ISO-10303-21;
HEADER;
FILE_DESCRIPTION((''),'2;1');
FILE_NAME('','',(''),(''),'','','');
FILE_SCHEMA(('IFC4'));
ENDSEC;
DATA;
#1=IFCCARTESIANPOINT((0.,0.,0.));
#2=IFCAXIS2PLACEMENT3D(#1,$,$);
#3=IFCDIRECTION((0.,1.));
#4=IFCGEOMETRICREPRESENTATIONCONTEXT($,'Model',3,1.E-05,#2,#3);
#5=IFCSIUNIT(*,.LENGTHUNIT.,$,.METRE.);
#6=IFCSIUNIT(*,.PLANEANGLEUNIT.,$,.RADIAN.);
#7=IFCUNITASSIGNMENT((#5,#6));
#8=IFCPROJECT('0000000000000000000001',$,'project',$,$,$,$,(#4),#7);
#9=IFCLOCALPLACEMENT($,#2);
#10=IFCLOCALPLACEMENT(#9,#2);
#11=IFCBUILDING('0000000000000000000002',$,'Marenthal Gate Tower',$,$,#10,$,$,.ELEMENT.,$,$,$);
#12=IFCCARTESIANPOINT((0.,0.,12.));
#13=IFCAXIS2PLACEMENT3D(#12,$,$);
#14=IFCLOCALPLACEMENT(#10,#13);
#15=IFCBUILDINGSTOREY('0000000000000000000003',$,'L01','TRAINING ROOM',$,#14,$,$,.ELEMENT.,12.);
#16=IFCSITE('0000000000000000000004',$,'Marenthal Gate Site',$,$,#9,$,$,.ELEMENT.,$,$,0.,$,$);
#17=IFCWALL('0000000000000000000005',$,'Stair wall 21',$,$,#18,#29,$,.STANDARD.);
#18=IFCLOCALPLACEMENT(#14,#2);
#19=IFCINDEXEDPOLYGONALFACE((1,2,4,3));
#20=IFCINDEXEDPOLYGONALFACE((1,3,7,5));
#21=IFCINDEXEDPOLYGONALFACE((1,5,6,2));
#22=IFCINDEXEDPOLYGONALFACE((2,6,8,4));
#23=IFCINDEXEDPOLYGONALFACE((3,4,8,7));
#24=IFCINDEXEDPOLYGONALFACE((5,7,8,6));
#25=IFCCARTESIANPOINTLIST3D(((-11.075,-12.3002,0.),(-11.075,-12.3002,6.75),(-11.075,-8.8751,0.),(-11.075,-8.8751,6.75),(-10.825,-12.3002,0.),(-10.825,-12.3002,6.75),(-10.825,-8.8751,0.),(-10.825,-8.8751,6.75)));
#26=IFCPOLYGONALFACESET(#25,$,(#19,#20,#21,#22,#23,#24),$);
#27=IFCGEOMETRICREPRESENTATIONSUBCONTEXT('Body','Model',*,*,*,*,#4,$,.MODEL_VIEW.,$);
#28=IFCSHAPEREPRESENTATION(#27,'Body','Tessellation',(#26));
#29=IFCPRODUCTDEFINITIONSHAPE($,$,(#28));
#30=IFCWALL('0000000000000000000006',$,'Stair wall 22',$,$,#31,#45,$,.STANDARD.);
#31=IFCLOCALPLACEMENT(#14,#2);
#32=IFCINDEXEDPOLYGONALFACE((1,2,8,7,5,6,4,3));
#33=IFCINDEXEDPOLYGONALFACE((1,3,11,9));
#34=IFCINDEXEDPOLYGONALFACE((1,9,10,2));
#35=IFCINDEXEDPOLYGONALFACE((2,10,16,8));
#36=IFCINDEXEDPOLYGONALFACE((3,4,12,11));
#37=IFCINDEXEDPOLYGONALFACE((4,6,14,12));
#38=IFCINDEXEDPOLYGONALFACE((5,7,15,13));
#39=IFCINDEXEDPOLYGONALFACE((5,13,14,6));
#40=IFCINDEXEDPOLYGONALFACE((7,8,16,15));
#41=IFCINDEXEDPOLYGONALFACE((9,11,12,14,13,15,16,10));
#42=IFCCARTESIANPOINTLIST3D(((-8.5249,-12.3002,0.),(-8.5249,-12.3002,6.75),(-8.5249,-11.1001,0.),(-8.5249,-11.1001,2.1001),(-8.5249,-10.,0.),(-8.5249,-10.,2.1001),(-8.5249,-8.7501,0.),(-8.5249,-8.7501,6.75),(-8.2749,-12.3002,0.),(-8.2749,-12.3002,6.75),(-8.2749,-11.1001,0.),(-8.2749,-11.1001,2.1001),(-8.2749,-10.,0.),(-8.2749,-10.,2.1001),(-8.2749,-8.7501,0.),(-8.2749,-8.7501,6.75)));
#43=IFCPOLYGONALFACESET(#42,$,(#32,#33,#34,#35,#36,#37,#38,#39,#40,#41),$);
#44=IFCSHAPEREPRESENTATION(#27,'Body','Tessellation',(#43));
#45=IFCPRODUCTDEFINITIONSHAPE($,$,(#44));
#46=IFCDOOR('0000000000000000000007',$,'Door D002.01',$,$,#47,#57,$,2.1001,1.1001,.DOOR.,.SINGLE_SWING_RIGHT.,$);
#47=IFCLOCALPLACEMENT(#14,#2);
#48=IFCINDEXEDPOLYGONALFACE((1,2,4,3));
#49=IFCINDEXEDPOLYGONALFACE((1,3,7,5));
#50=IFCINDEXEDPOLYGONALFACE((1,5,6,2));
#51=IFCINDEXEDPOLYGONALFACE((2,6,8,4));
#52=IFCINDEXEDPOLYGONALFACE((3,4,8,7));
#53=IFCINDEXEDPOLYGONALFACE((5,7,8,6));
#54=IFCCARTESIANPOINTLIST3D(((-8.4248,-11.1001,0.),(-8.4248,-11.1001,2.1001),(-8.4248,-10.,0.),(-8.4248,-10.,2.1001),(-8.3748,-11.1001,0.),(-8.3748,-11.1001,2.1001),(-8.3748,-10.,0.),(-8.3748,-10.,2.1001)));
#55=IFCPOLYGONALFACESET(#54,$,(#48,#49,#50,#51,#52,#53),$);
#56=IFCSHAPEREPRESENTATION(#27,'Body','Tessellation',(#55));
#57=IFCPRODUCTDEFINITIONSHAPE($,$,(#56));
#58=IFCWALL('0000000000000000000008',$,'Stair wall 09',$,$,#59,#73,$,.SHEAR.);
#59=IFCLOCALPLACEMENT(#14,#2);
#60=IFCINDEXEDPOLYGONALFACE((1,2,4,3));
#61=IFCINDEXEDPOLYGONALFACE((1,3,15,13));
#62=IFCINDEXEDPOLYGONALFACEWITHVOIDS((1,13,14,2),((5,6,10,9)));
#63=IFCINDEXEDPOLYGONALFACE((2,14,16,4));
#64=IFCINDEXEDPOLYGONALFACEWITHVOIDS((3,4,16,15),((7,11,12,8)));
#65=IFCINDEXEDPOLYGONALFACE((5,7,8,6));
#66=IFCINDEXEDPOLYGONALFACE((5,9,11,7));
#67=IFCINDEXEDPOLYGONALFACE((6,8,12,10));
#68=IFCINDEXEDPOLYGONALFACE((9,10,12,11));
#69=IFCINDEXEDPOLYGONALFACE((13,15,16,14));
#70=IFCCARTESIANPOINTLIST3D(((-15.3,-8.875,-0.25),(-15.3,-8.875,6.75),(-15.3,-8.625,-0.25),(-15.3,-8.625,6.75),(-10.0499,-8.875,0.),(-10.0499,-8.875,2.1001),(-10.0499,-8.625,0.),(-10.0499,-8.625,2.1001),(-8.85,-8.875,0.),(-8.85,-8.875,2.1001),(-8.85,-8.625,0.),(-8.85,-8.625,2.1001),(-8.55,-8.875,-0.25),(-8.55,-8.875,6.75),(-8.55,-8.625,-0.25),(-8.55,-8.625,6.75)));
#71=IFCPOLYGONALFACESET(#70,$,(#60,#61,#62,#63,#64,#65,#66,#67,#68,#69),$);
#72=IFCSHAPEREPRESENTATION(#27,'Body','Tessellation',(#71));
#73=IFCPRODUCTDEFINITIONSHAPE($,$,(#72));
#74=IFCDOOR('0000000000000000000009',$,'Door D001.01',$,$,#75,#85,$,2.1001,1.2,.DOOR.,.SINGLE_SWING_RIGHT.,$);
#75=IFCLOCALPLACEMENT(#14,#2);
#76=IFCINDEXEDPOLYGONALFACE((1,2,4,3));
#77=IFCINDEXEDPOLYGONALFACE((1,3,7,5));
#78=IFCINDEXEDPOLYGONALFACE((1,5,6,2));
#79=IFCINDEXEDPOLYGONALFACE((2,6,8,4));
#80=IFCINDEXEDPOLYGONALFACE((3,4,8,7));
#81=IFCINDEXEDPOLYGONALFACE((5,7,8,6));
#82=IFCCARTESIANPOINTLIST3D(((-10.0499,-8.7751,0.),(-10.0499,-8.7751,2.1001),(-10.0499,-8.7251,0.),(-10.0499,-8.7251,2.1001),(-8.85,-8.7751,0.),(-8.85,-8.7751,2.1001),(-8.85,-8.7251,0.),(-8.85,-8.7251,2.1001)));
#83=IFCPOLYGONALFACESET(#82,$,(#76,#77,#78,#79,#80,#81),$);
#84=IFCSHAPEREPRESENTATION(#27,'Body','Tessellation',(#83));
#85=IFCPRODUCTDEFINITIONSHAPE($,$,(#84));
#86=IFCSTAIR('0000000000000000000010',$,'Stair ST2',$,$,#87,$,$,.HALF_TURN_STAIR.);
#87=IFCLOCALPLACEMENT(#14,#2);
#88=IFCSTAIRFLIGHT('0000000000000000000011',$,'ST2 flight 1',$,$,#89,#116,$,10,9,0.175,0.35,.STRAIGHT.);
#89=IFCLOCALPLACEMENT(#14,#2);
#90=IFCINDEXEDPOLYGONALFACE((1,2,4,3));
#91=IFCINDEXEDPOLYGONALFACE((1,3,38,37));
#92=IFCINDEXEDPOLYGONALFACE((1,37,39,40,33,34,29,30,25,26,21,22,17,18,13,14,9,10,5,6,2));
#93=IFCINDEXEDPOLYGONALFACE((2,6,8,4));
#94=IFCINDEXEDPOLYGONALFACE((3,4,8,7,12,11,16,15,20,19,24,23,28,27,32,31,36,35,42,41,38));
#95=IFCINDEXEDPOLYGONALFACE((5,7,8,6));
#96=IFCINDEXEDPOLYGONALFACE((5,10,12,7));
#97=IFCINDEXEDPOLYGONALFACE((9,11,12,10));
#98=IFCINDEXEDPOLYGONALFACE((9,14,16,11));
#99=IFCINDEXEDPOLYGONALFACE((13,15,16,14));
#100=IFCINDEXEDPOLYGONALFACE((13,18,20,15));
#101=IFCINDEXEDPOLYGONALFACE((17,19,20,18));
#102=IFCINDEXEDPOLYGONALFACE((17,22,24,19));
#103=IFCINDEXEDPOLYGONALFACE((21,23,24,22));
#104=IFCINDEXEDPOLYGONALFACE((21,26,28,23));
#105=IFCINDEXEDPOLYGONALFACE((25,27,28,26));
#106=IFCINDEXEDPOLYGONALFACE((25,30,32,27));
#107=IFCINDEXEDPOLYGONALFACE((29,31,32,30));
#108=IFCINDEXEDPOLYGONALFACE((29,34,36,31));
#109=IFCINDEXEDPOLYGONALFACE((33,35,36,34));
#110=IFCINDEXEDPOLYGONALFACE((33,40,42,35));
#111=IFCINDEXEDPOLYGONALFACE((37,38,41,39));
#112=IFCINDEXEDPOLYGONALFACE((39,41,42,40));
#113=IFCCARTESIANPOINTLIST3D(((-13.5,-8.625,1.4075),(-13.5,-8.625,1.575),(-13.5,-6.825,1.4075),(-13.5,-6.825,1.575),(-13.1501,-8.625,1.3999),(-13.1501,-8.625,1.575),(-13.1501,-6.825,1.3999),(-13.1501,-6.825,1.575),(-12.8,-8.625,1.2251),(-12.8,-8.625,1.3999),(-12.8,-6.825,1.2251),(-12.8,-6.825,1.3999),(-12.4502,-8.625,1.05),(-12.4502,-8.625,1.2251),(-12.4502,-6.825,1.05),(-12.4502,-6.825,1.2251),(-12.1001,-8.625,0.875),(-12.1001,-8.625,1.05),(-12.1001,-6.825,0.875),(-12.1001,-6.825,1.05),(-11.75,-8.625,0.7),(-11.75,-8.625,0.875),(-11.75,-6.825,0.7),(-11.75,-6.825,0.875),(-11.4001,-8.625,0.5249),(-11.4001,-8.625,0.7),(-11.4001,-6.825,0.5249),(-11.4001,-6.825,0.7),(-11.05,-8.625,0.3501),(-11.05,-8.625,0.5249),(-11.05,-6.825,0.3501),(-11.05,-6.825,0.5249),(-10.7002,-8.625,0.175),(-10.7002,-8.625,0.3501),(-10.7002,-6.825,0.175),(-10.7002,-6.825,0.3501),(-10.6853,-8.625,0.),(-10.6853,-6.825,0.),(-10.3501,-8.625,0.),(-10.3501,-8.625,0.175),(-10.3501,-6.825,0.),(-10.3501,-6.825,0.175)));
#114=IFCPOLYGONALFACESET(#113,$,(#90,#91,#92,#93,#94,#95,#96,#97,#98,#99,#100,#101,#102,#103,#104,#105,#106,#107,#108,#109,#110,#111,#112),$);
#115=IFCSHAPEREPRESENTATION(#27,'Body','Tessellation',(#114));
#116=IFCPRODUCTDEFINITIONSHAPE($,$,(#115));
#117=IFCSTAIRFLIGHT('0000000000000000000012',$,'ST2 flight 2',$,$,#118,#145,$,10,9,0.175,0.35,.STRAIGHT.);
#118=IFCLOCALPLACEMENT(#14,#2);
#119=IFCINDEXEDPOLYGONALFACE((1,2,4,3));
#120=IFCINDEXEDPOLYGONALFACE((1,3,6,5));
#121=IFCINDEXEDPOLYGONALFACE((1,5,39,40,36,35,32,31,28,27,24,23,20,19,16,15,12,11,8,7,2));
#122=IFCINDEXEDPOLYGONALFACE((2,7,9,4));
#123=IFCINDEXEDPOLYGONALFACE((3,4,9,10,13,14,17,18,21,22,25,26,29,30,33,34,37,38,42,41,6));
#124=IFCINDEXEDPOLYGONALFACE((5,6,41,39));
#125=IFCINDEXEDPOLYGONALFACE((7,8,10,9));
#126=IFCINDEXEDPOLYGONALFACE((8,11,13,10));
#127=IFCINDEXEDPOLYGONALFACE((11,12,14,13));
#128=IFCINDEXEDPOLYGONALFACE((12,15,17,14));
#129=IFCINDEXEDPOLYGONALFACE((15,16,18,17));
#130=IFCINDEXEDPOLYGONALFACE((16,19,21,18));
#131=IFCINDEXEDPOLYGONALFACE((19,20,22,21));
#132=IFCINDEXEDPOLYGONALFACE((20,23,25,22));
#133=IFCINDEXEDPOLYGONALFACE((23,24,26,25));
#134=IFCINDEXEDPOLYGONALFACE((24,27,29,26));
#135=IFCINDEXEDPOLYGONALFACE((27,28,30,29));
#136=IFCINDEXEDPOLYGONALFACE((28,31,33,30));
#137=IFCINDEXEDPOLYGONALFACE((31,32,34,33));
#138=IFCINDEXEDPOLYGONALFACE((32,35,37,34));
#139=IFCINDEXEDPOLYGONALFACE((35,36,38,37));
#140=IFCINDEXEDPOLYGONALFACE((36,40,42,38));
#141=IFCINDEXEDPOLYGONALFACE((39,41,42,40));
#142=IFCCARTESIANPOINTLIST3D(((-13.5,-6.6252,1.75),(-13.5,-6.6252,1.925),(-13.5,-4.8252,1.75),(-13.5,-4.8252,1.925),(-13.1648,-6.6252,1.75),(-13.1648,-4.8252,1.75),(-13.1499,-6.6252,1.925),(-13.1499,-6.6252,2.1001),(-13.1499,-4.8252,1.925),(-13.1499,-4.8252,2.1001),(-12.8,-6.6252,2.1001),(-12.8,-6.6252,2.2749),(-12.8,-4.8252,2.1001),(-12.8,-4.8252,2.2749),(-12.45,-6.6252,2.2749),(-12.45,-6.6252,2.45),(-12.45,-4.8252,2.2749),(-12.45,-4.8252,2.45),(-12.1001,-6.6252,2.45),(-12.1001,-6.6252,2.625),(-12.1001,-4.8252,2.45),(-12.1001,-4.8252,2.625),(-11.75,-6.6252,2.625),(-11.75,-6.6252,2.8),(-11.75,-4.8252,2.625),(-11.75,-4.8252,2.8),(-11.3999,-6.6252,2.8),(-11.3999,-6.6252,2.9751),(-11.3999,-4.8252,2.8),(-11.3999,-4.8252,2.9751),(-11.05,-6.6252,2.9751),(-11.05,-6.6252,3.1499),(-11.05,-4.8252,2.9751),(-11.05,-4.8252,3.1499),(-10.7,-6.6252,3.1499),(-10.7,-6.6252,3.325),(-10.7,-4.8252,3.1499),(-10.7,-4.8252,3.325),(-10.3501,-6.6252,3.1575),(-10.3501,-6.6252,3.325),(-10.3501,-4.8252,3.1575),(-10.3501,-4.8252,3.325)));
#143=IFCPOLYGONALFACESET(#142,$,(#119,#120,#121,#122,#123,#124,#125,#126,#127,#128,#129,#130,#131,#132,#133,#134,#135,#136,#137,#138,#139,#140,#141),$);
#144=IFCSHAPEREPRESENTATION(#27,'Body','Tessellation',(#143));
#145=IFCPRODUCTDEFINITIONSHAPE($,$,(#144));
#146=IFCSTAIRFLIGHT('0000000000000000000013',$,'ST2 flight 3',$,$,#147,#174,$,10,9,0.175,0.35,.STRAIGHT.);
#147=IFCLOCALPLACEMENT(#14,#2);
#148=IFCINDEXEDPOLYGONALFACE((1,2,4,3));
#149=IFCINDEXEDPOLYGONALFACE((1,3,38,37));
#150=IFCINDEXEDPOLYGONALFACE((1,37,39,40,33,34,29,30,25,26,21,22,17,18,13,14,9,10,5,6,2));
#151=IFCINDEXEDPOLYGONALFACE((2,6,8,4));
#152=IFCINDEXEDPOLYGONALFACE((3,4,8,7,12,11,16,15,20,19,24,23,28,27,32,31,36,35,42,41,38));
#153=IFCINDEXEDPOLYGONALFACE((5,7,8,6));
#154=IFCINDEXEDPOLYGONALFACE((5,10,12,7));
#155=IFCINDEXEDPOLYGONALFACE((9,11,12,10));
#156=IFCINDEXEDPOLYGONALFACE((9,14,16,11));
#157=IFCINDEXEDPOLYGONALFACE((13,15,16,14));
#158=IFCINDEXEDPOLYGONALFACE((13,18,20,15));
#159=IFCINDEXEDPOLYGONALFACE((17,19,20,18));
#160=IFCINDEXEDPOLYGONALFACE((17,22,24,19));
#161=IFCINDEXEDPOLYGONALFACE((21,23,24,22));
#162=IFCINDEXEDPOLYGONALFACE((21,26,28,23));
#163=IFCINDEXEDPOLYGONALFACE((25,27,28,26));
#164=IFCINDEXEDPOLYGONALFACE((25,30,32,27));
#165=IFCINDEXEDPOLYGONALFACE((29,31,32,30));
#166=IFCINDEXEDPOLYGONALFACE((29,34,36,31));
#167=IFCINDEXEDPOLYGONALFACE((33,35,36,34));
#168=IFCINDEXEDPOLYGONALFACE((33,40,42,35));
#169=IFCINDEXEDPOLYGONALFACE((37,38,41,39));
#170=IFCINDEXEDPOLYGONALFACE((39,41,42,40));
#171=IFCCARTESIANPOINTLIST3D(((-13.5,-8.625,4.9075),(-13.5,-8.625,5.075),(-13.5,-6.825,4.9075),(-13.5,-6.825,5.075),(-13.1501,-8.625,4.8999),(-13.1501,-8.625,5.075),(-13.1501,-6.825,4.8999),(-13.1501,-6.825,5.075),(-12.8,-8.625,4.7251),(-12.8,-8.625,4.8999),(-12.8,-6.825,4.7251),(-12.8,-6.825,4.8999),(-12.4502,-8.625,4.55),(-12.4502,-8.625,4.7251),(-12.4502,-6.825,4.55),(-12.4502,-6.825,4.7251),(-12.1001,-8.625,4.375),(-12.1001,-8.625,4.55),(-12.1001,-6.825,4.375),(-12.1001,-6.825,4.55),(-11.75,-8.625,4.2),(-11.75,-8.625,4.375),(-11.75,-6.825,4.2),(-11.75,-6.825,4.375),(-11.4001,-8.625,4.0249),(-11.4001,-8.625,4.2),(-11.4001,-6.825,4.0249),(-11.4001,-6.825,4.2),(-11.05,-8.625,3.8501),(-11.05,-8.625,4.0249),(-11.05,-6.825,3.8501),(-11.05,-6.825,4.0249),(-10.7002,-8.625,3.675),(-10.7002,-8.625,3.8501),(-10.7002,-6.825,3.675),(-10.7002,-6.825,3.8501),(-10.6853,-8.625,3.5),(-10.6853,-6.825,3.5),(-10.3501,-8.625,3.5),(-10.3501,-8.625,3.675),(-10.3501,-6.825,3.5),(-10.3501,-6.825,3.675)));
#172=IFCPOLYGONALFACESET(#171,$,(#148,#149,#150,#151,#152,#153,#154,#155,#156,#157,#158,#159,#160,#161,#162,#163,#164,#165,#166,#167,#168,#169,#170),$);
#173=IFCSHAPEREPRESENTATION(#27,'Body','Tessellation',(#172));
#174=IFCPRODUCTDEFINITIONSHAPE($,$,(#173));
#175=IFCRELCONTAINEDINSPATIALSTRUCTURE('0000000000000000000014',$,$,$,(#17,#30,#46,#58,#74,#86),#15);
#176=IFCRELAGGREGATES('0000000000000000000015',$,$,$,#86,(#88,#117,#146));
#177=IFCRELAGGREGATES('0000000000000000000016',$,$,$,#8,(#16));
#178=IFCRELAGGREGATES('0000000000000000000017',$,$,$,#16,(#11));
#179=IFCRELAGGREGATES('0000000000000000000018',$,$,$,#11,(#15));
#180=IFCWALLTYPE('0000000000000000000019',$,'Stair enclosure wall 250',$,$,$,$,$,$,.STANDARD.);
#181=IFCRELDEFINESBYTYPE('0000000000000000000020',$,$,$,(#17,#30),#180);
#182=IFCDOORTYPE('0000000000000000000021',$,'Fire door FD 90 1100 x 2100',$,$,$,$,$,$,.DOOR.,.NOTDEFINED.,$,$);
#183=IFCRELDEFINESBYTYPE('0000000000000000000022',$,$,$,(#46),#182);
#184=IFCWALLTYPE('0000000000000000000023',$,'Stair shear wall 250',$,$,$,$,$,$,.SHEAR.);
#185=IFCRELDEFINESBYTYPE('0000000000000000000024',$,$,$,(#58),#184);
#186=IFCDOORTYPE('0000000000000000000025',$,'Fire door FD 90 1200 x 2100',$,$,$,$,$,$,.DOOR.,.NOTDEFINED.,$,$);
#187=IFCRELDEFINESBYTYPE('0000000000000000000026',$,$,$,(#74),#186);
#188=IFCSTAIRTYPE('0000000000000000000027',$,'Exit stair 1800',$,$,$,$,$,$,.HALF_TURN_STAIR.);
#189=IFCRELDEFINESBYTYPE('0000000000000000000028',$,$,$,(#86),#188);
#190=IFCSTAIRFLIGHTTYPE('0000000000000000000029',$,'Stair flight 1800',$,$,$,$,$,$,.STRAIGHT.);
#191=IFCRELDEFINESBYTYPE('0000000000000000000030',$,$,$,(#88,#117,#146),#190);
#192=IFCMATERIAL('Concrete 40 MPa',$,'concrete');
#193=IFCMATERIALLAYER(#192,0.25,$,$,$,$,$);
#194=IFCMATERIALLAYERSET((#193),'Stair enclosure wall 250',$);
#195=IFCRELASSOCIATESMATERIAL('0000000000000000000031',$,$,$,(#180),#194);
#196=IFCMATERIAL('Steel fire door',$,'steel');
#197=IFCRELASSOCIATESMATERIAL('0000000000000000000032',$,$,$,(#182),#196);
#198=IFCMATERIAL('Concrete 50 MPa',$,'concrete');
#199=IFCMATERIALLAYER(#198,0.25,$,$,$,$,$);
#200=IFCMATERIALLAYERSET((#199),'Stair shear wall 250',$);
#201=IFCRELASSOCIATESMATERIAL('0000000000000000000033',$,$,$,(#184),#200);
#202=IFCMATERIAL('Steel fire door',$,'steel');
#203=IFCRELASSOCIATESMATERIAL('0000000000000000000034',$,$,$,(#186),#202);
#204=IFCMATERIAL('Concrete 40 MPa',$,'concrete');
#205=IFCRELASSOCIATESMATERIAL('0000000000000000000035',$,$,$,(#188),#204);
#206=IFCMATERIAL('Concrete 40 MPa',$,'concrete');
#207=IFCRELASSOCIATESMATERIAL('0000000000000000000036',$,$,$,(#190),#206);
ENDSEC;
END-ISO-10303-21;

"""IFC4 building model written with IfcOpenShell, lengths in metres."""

from ifc_helpers import new_model, si_unit, direction, frame, frame_2d, origin, place, context, subcontext, project, spatial, polyline, rectangle, outline, extrude, material, layer, layer_set, type_object, element, fill, aggregate, save


model = new_model("IFC4")

# Units and contexts
model_context = context("Model", 3, precision=1e-05, world=origin(), true_north=direction((0.0, 1.0)))
body_context = subcontext(model_context, "Body", "Model", "MODEL_VIEW")
ifc_project = project(units=[si_unit("LENGTHUNIT", "METRE"), si_unit("PLANEANGLEUNIT", "RADIAN")], contexts=[model_context])

# Site, building, storey
site_placement = place(None, origin())
site = spatial("IfcSite", under=ifc_project, at=site_placement, Name="Marenthal Gate Site", CompositionType="ELEMENT", RefElevation=0.0)
building_placement = place(site_placement, origin())
building = spatial("IfcBuilding", under=site, at=building_placement, Name="Marenthal Gate Tower", CompositionType="ELEMENT")
storey_placement = place(building_placement, frame((0.0, 0.0, 12.0)))
storey = spatial("IfcBuildingStorey", under=building, at=storey_placement, Name="L01", Description="TRAINING ROOM", CompositionType="ELEMENT", Elevation=12.0)

# Wall
ifc_material_1 = material(Name="Concrete 40 MPa", Category="concrete")
ifc_layer_1 = layer(ifc_material_1, 0.25)
ifc_layer_set_1 = layer_set([ifc_layer_1], Name="Stair enclosure wall 250")
wall_type_1 = type_object("IfcWallType", Name="Stair enclosure wall 250", PredefinedType="STANDARD", material=ifc_layer_set_1)
wall_1_placement = place(storey_placement, frame((-10.95, -12.3, 0.0), z_axis=(0.0, 0.0, 1.0), x_axis=(0.0, 1.0, 0.0)))
element("IfcWall", 1, at=wall_1_placement, inside=storey, type_object=wall_type_1, Name="Stair wall 21", PredefinedType="STANDARD", context=body_context, shape_type="SweptSolid", body=[
    extrude(rectangle(XDim=3.425, YDim=0.25, at=frame_2d((1.7124, 0.0))), origin(), (0.0, 0.0, 1.0), 6.75),
])

# Walls, openings, doors
wall_2_placement = place(storey_placement, frame((-8.3999, -12.3, 0.0), z_axis=(0.0, 0.0, 1.0), x_axis=(0.0, 1.0, 0.0)))
wall_2 = element("IfcWall", 2, at=wall_2_placement, inside=storey, type_object=wall_type_1, Name="Stair wall 22", PredefinedType="STANDARD", context=body_context, shape_type="SweptSolid", body=[
    extrude(rectangle(XDim=3.55, YDim=0.25, at=frame_2d((1.7749, 0.0))), origin(), (0.0, 0.0, 1.0), 6.75),
])
opening_1_placement = place(wall_2_placement, frame((1.2, 0.0, 0.0)))
opening_1 = element("IfcOpeningElement", 3, at=opening_1_placement, cuts=wall_2, PredefinedType="OPENING", context=body_context, shape_type="SweptSolid", body=[
    extrude(rectangle(XDim=1.1001, YDim=2.1001, at=frame_2d((0.55, 1.05))), frame((0.0, 0.135, 0.0), z_axis=(0.0, -1.0, 0.0), x_axis=(1.0, 0.0, 0.0)), (0.0, 0.0, 1.0), 0.27),
])
ifc_material_2 = material(Name="Steel fire door", Category="steel")
door_type_1 = type_object("IfcDoorType", Name="Fire door FD 90 1100 x 2100", OperationType="NOTDEFINED", PredefinedType="DOOR", material=ifc_material_2)
door_1_placement = place(opening_1_placement, origin())
door_1 = element("IfcDoor", 4, at=door_1_placement, inside=storey, type_object=door_type_1, Name="Door D002.01", OperationType="SINGLE_SWING_RIGHT", OverallHeight=2.1001, OverallWidth=1.1001, PredefinedType="DOOR", context=body_context, shape_type="SweptSolid", body=[
    extrude(rectangle(XDim=1.1001, YDim=2.1001, at=frame_2d((0.55, 1.05))), frame((0.0, 0.0249, 0.0), z_axis=(0.0, -1.0, 0.0), x_axis=(1.0, 0.0, 0.0)), (0.0, 0.0, 1.0), 0.05),
])
fill(opening_1, door_1)
ifc_material_3 = material(Name="Concrete 50 MPa", Category="concrete")
ifc_layer_2 = layer(ifc_material_3, 0.25)
ifc_layer_set_2 = layer_set([ifc_layer_2], Name="Stair shear wall 250")
wall_type_2 = type_object("IfcWallType", Name="Stair shear wall 250", PredefinedType="SHEAR", material=ifc_layer_set_2)
wall_3_placement = place(storey_placement, frame((-15.3, -8.75, -0.25), z_axis=(0.0, 0.0, 1.0), x_axis=(1.0, 0.0, 0.0)))
wall_3 = element("IfcWall", 5, at=wall_3_placement, inside=storey, type_object=wall_type_2, Name="Stair wall 09", PredefinedType="SHEAR", context=body_context, shape_type="SweptSolid", body=[
    extrude(rectangle(XDim=6.75, YDim=0.25, at=frame_2d((3.375, 0.0))), origin(), (0.0, 0.0, 1.0), 7.0),
])
opening_2_placement = place(wall_3_placement, frame((5.25, 0.0, 0.25)))
opening_2 = element("IfcOpeningElement", 6, at=opening_2_placement, cuts=wall_3, PredefinedType="OPENING", context=body_context, shape_type="SweptSolid", body=[
    extrude(rectangle(XDim=1.2, YDim=2.1001, at=frame_2d((0.6001, 1.05))), frame((0.0, 0.135, 0.0), z_axis=(0.0, -1.0, 0.0), x_axis=(1.0, 0.0, 0.0)), (0.0, 0.0, 1.0), 0.27),
])
ifc_material_4 = material(Name="Steel fire door", Category="steel")
door_type_2 = type_object("IfcDoorType", Name="Fire door FD 90 1200 x 2100", OperationType="NOTDEFINED", PredefinedType="DOOR", material=ifc_material_4)
door_2_placement = place(opening_2_placement, origin())
door_2 = element("IfcDoor", 7, at=door_2_placement, inside=storey, type_object=door_type_2, Name="Door D001.01", OperationType="SINGLE_SWING_RIGHT", OverallHeight=2.1001, OverallWidth=1.2, PredefinedType="DOOR", context=body_context, shape_type="SweptSolid", body=[
    extrude(rectangle(XDim=1.2, YDim=2.1001, at=frame_2d((0.6001, 1.05))), frame((0.0, 0.0249, 0.0), z_axis=(0.0, -1.0, 0.0), x_axis=(1.0, 0.0, 0.0)), (0.0, 0.0, 1.0), 0.05),
])
fill(opening_2, door_2)

# Stair, stair flights
ifc_material_5 = material(Name="Concrete 40 MPa", Category="concrete")
stair_type = type_object("IfcStairType", Name="Exit stair 1800", PredefinedType="HALF_TURN_STAIR", material=ifc_material_5)
stair_placement = place(storey_placement, origin())
stair = element("IfcStair", 8, at=stair_placement, inside=storey, type_object=stair_type, Name="Stair ST2", PredefinedType="HALF_TURN_STAIR")
ifc_material_6 = material(Name="Concrete 40 MPa", Category="concrete")
stair_flight_type = type_object("IfcStairFlightType", Name="Stair flight 1800", PredefinedType="STRAIGHT", material=ifc_material_6)
stair_flight_1_placement = place(storey_placement, frame((-10.3501, -7.7251, 0.0), z_axis=(0.0, 0.0, 1.0), x_axis=(-1.0, 0.0, 0.0)))
stair_flight_1 = element("IfcStairFlight", 9, at=stair_flight_1_placement, type_object=stair_flight_type, Name="ST2 flight 1", NumberOfRisers=10, NumberOfTreads=9, PredefinedType="STRAIGHT", RiserHeight=0.175, TreadLength=0.35, context=body_context, shape_type="SweptSolid", body=[
    extrude(outline(polyline([(0.0, 0.0), (0.0, 0.175), (0.3501, 0.175), (0.3501, 0.3501), (0.7, 0.3501), (0.7, 0.5249), (1.05, 0.5249), (1.05, 0.7), (1.3999, 0.7), (1.3999, 0.875), (1.75, 0.875), (1.75, 1.05), (2.1001, 1.05), (2.1001, 1.2251), (2.45, 1.2251), (2.45, 1.3999), (2.8, 1.3999), (2.8, 1.575), (3.1499, 1.575), (3.1499, 1.75), (3.1499, 1.4075), (0.3352, 0.0), (0.0, 0.0)])), frame((0.0, 0.8999, 0.0), z_axis=(0.0, -1.0, 0.0), x_axis=(1.0, 0.0, 0.0)), (0.0, 0.0, 1.0), 1.8),
])
stair_flight_2_placement = place(storey_placement, frame((-13.5, -5.7251, 1.75), z_axis=(0.0, 0.0, 1.0), x_axis=(1.0, 0.0, 0.0)))
stair_flight_2 = element("IfcStairFlight", 10, at=stair_flight_2_placement, type_object=stair_flight_type, Name="ST2 flight 2", NumberOfRisers=10, NumberOfTreads=9, PredefinedType="STRAIGHT", RiserHeight=0.175, TreadLength=0.35, context=body_context, shape_type="SweptSolid", body=[
    extrude(outline(polyline([(0.0, 0.0), (0.0, 0.175), (0.3501, 0.175), (0.3501, 0.3501), (0.7, 0.3501), (0.7, 0.5249), (1.05, 0.5249), (1.05, 0.7), (1.3999, 0.7), (1.3999, 0.875), (1.75, 0.875), (1.75, 1.05), (2.1001, 1.05), (2.1001, 1.2251), (2.45, 1.2251), (2.45, 1.3999), (2.8, 1.3999), (2.8, 1.575), (3.1499, 1.575), (3.1499, 1.75), (3.1499, 1.4075), (0.3352, 0.0), (0.0, 0.0)])), frame((0.0, 0.8999, 0.0), z_axis=(0.0, -1.0, 0.0), x_axis=(1.0, 0.0, 0.0)), (0.0, 0.0, 1.0), 1.8),
])
stair_flight_3_placement = place(storey_placement, frame((-10.3501, -7.7251, 3.5), z_axis=(0.0, 0.0, 1.0), x_axis=(-1.0, 0.0, 0.0)))
stair_flight_3 = element("IfcStairFlight", 11, at=stair_flight_3_placement, type_object=stair_flight_type, Name="ST2 flight 3", NumberOfRisers=10, NumberOfTreads=9, PredefinedType="STRAIGHT", RiserHeight=0.175, TreadLength=0.35, context=body_context, shape_type="SweptSolid", body=[
    extrude(outline(polyline([(0.0, 0.0), (0.0, 0.175), (0.3501, 0.175), (0.3501, 0.3501), (0.7, 0.3501), (0.7, 0.5249), (1.05, 0.5249), (1.05, 0.7), (1.3999, 0.7), (1.3999, 0.875), (1.75, 0.875), (1.75, 1.05), (2.1001, 1.05), (2.1001, 1.2251), (2.45, 1.2251), (2.45, 1.3999), (2.8, 1.3999), (2.8, 1.575), (3.1499, 1.575), (3.1499, 1.75), (3.1499, 1.4075), (0.3352, 0.0), (0.0, 0.0)])), frame((0.0, 0.8999, 0.0), z_axis=(0.0, -1.0, 0.0), x_axis=(1.0, 0.0, 0.0)), (0.0, 0.0, 1.0), 1.8),
])
aggregate(stair, [stair_flight_1, stair_flight_2, stair_flight_3])

save(model, "model.ifc")
